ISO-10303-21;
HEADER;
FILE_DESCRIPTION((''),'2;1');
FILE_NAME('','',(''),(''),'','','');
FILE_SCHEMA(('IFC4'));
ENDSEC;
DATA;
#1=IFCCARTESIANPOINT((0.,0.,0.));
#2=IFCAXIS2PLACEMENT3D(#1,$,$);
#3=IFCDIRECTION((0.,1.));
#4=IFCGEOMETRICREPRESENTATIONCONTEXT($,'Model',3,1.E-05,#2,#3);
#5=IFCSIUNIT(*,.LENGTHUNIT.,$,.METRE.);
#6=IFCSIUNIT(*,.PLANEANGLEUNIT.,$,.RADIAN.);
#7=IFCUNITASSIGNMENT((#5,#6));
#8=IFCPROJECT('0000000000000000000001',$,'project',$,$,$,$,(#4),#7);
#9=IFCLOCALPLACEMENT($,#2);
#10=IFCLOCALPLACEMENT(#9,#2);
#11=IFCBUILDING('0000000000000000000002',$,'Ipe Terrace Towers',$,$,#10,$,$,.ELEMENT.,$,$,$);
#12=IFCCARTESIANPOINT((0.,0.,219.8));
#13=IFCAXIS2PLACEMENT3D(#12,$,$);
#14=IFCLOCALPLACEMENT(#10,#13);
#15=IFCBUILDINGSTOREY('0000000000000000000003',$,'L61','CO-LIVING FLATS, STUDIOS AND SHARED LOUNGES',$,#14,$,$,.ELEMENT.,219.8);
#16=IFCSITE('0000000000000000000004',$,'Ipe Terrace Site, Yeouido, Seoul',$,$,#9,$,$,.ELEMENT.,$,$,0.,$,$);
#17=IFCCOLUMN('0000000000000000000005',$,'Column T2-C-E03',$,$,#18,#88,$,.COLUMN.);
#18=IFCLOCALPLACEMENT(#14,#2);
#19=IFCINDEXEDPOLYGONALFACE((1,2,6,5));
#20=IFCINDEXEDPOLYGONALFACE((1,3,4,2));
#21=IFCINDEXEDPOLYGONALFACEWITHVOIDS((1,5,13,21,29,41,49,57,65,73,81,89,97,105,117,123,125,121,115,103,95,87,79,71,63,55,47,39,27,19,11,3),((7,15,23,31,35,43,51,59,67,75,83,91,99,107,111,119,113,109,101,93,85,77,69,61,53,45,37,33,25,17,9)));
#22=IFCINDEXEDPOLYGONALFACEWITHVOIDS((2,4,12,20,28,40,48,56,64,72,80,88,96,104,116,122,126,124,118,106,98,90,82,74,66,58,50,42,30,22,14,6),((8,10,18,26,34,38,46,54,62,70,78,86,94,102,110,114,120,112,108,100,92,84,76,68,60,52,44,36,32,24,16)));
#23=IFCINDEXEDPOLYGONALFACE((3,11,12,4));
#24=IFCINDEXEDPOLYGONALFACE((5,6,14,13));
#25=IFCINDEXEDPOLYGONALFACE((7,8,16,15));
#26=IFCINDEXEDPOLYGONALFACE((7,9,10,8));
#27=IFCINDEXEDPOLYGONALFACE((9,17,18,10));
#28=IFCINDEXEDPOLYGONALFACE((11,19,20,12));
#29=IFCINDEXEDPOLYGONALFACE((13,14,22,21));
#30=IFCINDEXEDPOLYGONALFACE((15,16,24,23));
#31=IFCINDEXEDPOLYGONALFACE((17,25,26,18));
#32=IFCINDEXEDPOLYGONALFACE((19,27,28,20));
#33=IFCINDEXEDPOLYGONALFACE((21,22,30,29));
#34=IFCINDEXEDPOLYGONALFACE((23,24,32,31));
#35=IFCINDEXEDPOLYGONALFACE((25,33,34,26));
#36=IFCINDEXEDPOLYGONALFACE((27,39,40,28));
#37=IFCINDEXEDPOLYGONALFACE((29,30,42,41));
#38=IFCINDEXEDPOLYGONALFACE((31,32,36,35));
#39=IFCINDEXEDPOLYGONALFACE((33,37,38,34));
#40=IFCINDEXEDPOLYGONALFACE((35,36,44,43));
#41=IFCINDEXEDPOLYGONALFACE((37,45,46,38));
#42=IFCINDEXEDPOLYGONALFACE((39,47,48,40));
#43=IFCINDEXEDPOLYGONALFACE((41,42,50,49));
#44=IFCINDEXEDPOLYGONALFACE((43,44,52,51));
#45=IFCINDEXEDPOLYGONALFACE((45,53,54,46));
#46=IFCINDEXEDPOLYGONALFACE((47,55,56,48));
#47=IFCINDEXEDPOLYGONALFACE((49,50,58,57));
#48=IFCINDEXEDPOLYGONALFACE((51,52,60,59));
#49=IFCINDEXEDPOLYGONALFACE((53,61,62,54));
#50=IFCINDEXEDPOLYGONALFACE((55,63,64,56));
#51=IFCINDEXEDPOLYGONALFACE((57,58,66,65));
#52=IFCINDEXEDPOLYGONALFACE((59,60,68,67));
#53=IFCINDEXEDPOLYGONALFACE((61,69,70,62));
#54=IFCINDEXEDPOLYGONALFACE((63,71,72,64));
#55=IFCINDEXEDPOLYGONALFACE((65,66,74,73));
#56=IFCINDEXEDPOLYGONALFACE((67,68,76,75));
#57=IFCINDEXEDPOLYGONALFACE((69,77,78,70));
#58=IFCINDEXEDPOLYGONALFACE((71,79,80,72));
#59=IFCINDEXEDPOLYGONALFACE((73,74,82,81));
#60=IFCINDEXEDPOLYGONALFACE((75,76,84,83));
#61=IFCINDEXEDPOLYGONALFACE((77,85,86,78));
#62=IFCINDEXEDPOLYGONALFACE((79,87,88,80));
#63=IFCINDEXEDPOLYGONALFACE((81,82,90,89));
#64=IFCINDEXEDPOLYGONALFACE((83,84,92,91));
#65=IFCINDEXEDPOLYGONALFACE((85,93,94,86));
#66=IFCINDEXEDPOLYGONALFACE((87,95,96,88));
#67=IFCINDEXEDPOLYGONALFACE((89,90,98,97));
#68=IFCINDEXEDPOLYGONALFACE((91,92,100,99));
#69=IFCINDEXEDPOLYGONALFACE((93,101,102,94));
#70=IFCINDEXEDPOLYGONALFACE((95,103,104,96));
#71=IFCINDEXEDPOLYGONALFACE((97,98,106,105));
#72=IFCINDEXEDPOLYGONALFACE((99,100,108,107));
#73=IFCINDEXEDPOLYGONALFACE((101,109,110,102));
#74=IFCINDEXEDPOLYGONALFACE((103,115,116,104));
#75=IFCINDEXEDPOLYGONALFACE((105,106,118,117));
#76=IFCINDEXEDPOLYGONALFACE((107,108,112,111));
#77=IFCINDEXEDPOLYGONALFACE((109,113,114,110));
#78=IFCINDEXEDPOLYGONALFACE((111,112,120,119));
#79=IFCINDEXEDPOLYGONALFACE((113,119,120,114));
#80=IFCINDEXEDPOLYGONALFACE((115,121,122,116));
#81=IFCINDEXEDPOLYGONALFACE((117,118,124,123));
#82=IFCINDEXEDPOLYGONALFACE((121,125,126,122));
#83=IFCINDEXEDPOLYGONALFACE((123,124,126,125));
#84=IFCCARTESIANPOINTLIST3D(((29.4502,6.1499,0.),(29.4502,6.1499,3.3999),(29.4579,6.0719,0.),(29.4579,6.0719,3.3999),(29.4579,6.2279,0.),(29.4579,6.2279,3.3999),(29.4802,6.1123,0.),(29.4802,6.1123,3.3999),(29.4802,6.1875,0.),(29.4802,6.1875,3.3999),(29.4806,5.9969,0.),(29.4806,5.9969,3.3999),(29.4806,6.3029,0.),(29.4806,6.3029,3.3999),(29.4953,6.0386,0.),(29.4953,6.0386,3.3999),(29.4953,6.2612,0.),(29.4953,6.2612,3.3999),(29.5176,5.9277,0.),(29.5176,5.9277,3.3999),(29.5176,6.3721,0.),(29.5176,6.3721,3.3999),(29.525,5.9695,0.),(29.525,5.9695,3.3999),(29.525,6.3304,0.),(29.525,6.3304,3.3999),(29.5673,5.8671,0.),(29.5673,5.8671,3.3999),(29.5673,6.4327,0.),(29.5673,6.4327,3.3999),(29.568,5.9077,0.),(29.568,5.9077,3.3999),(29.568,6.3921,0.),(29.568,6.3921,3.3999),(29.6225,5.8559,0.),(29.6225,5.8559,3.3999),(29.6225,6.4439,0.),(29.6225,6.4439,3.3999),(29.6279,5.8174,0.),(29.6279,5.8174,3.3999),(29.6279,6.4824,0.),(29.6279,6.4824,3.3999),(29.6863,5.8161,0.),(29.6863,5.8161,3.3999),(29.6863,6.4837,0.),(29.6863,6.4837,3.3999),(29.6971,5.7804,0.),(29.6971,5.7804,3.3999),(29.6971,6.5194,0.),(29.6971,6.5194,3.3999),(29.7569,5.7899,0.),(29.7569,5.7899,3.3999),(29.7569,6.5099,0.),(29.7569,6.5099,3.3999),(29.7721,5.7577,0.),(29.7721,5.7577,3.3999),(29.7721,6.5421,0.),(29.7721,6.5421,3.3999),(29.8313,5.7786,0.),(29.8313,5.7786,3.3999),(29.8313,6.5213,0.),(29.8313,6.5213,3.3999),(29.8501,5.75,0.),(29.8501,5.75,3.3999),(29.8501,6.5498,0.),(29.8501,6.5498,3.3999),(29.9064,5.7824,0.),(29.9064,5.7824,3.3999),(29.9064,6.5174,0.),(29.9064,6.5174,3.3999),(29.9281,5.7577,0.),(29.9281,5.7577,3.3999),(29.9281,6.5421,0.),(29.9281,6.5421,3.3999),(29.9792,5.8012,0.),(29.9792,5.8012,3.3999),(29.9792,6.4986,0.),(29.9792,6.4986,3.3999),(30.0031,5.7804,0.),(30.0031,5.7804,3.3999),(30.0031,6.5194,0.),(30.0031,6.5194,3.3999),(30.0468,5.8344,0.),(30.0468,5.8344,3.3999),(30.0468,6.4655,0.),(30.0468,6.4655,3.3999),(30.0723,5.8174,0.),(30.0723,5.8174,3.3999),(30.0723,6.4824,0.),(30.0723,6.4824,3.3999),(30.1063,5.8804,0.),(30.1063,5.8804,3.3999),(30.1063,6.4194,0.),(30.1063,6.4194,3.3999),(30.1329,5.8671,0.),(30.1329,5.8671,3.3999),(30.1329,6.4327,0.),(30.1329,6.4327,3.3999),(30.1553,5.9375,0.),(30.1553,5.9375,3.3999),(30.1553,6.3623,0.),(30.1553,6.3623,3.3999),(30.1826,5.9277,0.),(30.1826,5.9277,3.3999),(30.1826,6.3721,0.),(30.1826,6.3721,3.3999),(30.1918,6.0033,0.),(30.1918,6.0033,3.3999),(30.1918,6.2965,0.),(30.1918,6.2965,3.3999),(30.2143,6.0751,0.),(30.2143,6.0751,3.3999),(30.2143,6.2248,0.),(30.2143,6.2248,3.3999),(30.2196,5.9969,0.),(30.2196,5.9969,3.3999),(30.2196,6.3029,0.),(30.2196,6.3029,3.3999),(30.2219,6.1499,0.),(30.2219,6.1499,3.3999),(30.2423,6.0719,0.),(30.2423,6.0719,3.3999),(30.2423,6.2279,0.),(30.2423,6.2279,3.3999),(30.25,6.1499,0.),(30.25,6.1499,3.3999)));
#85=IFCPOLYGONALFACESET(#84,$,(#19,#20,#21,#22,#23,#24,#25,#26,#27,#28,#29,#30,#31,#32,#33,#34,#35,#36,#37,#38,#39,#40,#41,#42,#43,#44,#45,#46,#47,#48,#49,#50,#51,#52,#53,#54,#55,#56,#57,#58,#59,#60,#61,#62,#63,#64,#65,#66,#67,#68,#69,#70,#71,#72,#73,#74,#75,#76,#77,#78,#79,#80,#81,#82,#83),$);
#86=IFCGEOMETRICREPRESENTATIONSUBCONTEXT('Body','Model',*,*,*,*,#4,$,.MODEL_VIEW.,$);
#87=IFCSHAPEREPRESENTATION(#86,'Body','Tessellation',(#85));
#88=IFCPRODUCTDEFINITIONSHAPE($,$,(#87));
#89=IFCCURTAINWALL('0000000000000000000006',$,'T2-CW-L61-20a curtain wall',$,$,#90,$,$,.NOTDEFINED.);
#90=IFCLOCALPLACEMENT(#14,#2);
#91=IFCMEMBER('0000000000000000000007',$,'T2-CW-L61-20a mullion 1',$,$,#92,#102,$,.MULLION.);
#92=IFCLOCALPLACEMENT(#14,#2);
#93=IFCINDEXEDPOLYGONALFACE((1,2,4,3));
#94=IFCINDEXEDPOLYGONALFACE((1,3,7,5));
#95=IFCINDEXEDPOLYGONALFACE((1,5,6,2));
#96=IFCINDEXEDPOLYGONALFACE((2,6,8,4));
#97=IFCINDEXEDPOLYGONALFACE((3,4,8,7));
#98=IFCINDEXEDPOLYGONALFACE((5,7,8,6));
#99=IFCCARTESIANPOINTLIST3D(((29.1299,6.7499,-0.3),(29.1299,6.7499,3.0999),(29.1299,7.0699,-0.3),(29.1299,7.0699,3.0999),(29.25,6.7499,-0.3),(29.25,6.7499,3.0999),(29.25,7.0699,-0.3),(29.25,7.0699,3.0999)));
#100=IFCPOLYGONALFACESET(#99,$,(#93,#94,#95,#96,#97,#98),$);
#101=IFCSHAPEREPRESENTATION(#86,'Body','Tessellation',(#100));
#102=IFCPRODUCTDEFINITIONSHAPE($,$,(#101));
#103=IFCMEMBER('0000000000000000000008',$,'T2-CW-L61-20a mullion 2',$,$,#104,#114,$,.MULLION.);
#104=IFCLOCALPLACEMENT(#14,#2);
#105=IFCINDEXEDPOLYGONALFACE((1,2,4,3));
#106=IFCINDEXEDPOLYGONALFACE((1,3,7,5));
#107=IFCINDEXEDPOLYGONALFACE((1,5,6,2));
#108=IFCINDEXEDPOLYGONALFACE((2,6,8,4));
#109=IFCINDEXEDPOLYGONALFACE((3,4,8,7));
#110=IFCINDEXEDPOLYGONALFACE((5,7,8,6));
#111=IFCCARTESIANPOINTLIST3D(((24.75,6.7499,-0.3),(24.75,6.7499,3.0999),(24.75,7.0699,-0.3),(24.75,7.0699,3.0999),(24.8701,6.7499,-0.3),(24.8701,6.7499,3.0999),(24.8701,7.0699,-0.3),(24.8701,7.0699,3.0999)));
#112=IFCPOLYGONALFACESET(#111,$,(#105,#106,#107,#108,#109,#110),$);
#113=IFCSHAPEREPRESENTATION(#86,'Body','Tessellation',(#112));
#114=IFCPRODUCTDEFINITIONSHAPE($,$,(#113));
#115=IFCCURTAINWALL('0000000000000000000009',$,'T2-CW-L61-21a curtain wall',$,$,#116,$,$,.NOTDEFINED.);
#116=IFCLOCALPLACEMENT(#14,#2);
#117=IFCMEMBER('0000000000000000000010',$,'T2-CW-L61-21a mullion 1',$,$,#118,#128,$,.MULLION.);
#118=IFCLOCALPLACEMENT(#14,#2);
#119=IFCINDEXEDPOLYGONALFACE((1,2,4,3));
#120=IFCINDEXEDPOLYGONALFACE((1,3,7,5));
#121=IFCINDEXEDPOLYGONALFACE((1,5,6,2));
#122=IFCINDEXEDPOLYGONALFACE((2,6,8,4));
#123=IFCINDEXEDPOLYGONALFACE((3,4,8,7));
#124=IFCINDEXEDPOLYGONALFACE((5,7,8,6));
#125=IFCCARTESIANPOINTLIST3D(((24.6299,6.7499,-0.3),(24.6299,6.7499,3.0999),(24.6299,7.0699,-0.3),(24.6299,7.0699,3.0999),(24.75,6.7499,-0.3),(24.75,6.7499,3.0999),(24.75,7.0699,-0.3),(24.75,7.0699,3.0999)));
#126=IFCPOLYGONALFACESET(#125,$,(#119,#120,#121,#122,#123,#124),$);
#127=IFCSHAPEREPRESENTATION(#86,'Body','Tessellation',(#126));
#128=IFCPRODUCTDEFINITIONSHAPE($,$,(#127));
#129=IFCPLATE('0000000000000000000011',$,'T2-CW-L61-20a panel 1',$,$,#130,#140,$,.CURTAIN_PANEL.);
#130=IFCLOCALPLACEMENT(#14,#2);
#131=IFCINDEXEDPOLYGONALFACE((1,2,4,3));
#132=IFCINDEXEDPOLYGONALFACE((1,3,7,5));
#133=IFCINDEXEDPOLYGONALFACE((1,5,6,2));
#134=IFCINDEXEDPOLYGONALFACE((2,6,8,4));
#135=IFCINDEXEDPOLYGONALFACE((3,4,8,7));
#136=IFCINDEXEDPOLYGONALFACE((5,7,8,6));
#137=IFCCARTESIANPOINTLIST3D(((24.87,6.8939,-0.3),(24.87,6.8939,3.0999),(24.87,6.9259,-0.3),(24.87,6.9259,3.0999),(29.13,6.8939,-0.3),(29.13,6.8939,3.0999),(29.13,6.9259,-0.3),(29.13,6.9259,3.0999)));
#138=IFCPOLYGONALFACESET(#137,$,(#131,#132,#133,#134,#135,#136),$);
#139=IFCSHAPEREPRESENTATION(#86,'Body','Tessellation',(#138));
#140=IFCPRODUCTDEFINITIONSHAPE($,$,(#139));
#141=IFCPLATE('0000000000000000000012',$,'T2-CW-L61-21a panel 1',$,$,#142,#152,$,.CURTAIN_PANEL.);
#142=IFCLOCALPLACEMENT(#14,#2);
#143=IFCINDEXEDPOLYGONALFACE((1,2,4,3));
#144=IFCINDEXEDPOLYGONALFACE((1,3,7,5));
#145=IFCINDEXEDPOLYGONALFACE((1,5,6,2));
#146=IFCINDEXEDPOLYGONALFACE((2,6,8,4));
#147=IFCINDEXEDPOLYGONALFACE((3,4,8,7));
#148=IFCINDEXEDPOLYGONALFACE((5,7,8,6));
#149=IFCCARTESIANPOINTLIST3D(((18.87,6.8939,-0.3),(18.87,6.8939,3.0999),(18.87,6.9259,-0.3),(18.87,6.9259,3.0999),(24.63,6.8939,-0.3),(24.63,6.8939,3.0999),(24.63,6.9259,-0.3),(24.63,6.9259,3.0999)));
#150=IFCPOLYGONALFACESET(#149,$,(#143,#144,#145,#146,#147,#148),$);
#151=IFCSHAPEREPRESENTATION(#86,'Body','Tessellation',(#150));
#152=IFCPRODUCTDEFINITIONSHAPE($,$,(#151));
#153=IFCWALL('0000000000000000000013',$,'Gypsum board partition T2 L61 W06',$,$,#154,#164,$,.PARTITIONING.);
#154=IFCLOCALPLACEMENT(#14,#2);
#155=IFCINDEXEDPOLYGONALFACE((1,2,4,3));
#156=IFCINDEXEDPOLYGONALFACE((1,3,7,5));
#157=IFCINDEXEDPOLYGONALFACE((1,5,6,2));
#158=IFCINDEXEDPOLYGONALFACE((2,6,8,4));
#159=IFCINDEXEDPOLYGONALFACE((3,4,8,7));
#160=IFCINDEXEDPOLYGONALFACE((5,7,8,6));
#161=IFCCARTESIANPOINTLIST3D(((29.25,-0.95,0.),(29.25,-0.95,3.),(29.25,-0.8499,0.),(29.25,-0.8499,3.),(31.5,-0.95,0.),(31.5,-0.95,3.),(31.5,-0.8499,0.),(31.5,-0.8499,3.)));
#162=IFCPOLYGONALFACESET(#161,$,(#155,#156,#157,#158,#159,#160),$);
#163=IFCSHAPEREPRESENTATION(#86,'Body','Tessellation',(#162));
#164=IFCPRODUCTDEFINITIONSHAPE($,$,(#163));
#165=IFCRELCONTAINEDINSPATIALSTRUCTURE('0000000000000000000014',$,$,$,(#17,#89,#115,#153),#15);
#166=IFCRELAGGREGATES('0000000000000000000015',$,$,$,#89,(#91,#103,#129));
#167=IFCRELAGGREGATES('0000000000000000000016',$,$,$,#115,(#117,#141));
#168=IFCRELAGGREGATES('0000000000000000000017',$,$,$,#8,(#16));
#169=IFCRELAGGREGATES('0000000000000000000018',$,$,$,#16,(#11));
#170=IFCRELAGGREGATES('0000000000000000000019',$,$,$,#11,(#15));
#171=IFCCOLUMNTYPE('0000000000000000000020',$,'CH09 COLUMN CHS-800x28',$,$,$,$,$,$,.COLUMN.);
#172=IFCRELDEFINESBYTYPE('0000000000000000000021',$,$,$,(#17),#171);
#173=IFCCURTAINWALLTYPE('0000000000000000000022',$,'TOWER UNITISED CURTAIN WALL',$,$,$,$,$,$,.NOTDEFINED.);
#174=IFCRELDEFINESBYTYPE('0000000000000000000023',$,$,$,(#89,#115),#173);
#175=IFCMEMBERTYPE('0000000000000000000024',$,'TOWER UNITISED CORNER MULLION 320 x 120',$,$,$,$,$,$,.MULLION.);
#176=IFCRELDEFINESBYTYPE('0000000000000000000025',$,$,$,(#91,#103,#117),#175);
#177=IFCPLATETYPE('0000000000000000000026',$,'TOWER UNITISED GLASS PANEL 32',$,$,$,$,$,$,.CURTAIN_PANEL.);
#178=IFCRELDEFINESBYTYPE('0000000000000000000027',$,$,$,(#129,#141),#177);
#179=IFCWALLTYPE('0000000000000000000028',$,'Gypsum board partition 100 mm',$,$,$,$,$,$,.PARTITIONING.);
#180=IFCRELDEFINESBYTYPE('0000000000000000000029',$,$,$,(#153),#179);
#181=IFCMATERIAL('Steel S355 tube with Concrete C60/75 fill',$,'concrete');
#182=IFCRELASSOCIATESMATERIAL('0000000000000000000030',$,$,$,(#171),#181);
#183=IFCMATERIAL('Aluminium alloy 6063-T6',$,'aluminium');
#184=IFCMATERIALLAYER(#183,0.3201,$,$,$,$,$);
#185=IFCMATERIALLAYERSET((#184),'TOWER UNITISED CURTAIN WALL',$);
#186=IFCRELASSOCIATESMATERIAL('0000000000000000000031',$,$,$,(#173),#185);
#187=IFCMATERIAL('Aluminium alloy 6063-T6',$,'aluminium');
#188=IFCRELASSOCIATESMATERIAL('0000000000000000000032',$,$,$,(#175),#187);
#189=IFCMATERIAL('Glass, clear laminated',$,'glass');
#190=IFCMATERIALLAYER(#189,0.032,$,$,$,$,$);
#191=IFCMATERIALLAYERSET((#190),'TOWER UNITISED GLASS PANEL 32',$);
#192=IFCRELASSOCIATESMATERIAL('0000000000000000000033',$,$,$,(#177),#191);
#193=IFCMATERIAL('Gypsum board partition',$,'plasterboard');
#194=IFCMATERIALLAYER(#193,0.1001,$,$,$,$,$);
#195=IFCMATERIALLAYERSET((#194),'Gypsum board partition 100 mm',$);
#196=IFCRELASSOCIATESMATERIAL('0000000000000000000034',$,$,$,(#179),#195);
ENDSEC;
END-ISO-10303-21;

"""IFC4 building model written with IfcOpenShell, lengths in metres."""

from ifc_helpers import new_model, si_unit, direction, frame, frame_2d, origin, origin_2d, place, context, subcontext, project, spatial, rectangle, hollow_circle, extrude, material, layer, layer_set, material_profile, profile_set, type_object, element, aggregate, save


model = new_model("IFC4")

# Units and contexts
model_context = context("Model", 3, precision=1e-05, world=origin(), true_north=direction((0.0, 1.0)))
body_context = subcontext(model_context, "Body", "Model", "MODEL_VIEW")
ifc_project = project(units=[si_unit("LENGTHUNIT", "METRE"), si_unit("PLANEANGLEUNIT", "RADIAN")], contexts=[model_context])

# Site, building, storey
site_placement = place(None, origin())
site = spatial("IfcSite", under=ifc_project, at=site_placement, Name="Ipe Terrace Site, Yeouido, Seoul", CompositionType="ELEMENT", RefElevation=0.0)
building_placement = place(site_placement, origin())
building = spatial("IfcBuilding", under=site, at=building_placement, Name="Ipe Terrace Towers", CompositionType="ELEMENT")
storey_placement = place(building_placement, frame((0.0, 0.0, 219.8)))
storey = spatial("IfcBuildingStorey", under=building, at=storey_placement, Name="L61", Description="CO-LIVING FLATS, STUDIOS AND SHARED LOUNGES", CompositionType="ELEMENT", Elevation=219.8)

# Column
ifc_material_1 = material(Name="Steel S355 tube with Concrete C60/75 fill", Category="concrete")
ifc_material_profile_1 = material_profile(ifc_material_1, hollow_circle(Radius=0.3999, WallThickness=0.0281, at=origin_2d()), Name="CHS-800x28")
ifc_profile_set_1 = profile_set([ifc_material_profile_1], Name="Steel S355 tube with Concrete C60/75 fill")
column_type = type_object("IfcColumnType", Name="CH09 COLUMN CHS-800x28", PredefinedType="COLUMN", material=ifc_profile_set_1)
column_placement = place(storey_placement, frame((29.8501, 6.1499, 0.0), z_axis=(0.0, 0.0, 1.0), x_axis=(1.0, 0.0, 0.0)))
element("IfcColumn", 1, at=column_placement, inside=storey, type_object=column_type, Name="Column T2-C-E03", PredefinedType="COLUMN", context=body_context, shape_type="SweptSolid", body=[
    extrude(hollow_circle(Radius=0.3999, WallThickness=0.0281, at=origin_2d()), origin(), (0.0, 0.0, 1.0), 3.3999),
])

# Curtain wall, members
ifc_material_2 = material(Name="Aluminium alloy 6063-T6", Category="aluminium")
ifc_layer_1 = layer(ifc_material_2, 0.3201)
ifc_layer_set_1 = layer_set([ifc_layer_1], Name="TOWER UNITISED CURTAIN WALL")
curtain_wall_type = type_object("IfcCurtainWallType", Name="TOWER UNITISED CURTAIN WALL", PredefinedType="NOTDEFINED", material=ifc_layer_set_1)
curtain_wall_1_placement = place(storey_placement, origin())
curtain_wall_1 = element("IfcCurtainWall", 2, at=curtain_wall_1_placement, inside=storey, type_object=curtain_wall_type, Name="T2-CW-L61-20a curtain wall", PredefinedType="NOTDEFINED")
ifc_material_3 = material(Name="Aluminium alloy 6063-T6", Category="aluminium")
ifc_material_profile_2 = material_profile(ifc_material_3, rectangle(XDim=0.3201, YDim=0.1201, at=origin_2d()), Name="TOWER UNITISED CORNER MULLION 320 x 120")
ifc_profile_set_2 = profile_set([ifc_material_profile_2], Name="Aluminium alloy 6063-T6")
member_type = type_object("IfcMemberType", Name="TOWER UNITISED CORNER MULLION 320 x 120", PredefinedType="MULLION", material=ifc_profile_set_2)
member_1_placement = place(storey_placement, frame((29.1899, 6.9099, -0.3), z_axis=(0.0, 0.0, 1.0), x_axis=(0.0, 1.0, 0.0)))
member_1 = element("IfcMember", 3, at=member_1_placement, type_object=member_type, Name="T2-CW-L61-20a mullion 1", PredefinedType="MULLION", context=body_context, shape_type="SweptSolid", body=[
    extrude(rectangle(XDim=0.3201, YDim=0.1201, at=origin_2d()), origin(), (0.0, 0.0, 1.0), 3.3999),
])
member_2_placement = place(storey_placement, frame((24.8101, 6.9099, -0.3), z_axis=(0.0, 0.0, 1.0), x_axis=(0.0, 1.0, 0.0)))
member_2 = element("IfcMember", 4, at=member_2_placement, type_object=member_type, Name="T2-CW-L61-20a mullion 2", PredefinedType="MULLION", context=body_context, shape_type="SweptSolid", body=[
    extrude(rectangle(XDim=0.3201, YDim=0.1201, at=origin_2d()), origin(), (0.0, 0.0, 1.0), 3.3999),
])

# Curtain wall, member
curtain_wall_2_placement = place(storey_placement, origin())
curtain_wall_2 = element("IfcCurtainWall", 5, at=curtain_wall_2_placement, inside=storey, type_object=curtain_wall_type, Name="T2-CW-L61-21a curtain wall", PredefinedType="NOTDEFINED")
member_3_placement = place(storey_placement, frame((24.6899, 6.9099, -0.3), z_axis=(0.0, 0.0, 1.0), x_axis=(0.0, 1.0, 0.0)))
member_3 = element("IfcMember", 6, at=member_3_placement, type_object=member_type, Name="T2-CW-L61-21a mullion 1", PredefinedType="MULLION", context=body_context, shape_type="SweptSolid", body=[
    extrude(rectangle(XDim=0.3201, YDim=0.1201, at=origin_2d()), origin(), (0.0, 0.0, 1.0), 3.3999),
])

# Plates
ifc_material_4 = material(Name="Glass, clear laminated", Category="glass")
ifc_layer_2 = layer(ifc_material_4, 0.032)
ifc_layer_set_2 = layer_set([ifc_layer_2], Name="TOWER UNITISED GLASS PANEL 32")
plate_type = type_object("IfcPlateType", Name="TOWER UNITISED GLASS PANEL 32", PredefinedType="CURTAIN_PANEL", material=ifc_layer_set_2)
plate_1_placement = place(storey_placement, frame((27.0, 6.9099, -0.3), z_axis=(0.0, 0.0, 1.0), x_axis=(-1.0, 0.0, 0.0)))
plate_1 = element("IfcPlate", 7, at=plate_1_placement, type_object=plate_type, Name="T2-CW-L61-20a panel 1", PredefinedType="CURTAIN_PANEL", context=body_context, shape_type="SweptSolid", body=[
    extrude(rectangle(XDim=4.26, YDim=0.032, at=origin_2d()), origin(), (0.0, 0.0, 1.0), 3.3999),
])
aggregate(curtain_wall_1, [member_1, member_2, plate_1])
plate_2_placement = place(storey_placement, frame((21.75, 6.9099, -0.3), z_axis=(0.0, 0.0, 1.0), x_axis=(-1.0, 0.0, 0.0)))
plate_2 = element("IfcPlate", 8, at=plate_2_placement, type_object=plate_type, Name="T2-CW-L61-21a panel 1", PredefinedType="CURTAIN_PANEL", context=body_context, shape_type="SweptSolid", body=[
    extrude(rectangle(XDim=5.76, YDim=0.032, at=origin_2d()), origin(), (0.0, 0.0, 1.0), 3.3999),
])
aggregate(curtain_wall_2, [member_3, plate_2])

# Wall
ifc_material_5 = material(Name="Gypsum board partition", Category="plasterboard")
ifc_layer_3 = layer(ifc_material_5, 0.1001)
ifc_layer_set_3 = layer_set([ifc_layer_3], Name="Gypsum board partition 100 mm")
wall_type_1 = type_object("IfcWallType", Name="Gypsum board partition 100 mm", PredefinedType="PARTITIONING", material=ifc_layer_set_3)
wall_1_placement = place(storey_placement, frame((31.5, -0.8999, 0.0), z_axis=(0.0, 0.0, 1.0), x_axis=(-1.0, 0.0, 0.0)))
element("IfcWall", 9, at=wall_1_placement, inside=storey, type_object=wall_type_1, Name="Gypsum board partition T2 L61 W06", PredefinedType="PARTITIONING", context=body_context, shape_type="SweptSolid", body=[
    extrude(rectangle(XDim=2.25, YDim=0.1001, at=frame_2d((1.125, 0.0))), origin(), (0.0, 0.0, 1.0), 3.0),
])

save(model, "model.ifc")
